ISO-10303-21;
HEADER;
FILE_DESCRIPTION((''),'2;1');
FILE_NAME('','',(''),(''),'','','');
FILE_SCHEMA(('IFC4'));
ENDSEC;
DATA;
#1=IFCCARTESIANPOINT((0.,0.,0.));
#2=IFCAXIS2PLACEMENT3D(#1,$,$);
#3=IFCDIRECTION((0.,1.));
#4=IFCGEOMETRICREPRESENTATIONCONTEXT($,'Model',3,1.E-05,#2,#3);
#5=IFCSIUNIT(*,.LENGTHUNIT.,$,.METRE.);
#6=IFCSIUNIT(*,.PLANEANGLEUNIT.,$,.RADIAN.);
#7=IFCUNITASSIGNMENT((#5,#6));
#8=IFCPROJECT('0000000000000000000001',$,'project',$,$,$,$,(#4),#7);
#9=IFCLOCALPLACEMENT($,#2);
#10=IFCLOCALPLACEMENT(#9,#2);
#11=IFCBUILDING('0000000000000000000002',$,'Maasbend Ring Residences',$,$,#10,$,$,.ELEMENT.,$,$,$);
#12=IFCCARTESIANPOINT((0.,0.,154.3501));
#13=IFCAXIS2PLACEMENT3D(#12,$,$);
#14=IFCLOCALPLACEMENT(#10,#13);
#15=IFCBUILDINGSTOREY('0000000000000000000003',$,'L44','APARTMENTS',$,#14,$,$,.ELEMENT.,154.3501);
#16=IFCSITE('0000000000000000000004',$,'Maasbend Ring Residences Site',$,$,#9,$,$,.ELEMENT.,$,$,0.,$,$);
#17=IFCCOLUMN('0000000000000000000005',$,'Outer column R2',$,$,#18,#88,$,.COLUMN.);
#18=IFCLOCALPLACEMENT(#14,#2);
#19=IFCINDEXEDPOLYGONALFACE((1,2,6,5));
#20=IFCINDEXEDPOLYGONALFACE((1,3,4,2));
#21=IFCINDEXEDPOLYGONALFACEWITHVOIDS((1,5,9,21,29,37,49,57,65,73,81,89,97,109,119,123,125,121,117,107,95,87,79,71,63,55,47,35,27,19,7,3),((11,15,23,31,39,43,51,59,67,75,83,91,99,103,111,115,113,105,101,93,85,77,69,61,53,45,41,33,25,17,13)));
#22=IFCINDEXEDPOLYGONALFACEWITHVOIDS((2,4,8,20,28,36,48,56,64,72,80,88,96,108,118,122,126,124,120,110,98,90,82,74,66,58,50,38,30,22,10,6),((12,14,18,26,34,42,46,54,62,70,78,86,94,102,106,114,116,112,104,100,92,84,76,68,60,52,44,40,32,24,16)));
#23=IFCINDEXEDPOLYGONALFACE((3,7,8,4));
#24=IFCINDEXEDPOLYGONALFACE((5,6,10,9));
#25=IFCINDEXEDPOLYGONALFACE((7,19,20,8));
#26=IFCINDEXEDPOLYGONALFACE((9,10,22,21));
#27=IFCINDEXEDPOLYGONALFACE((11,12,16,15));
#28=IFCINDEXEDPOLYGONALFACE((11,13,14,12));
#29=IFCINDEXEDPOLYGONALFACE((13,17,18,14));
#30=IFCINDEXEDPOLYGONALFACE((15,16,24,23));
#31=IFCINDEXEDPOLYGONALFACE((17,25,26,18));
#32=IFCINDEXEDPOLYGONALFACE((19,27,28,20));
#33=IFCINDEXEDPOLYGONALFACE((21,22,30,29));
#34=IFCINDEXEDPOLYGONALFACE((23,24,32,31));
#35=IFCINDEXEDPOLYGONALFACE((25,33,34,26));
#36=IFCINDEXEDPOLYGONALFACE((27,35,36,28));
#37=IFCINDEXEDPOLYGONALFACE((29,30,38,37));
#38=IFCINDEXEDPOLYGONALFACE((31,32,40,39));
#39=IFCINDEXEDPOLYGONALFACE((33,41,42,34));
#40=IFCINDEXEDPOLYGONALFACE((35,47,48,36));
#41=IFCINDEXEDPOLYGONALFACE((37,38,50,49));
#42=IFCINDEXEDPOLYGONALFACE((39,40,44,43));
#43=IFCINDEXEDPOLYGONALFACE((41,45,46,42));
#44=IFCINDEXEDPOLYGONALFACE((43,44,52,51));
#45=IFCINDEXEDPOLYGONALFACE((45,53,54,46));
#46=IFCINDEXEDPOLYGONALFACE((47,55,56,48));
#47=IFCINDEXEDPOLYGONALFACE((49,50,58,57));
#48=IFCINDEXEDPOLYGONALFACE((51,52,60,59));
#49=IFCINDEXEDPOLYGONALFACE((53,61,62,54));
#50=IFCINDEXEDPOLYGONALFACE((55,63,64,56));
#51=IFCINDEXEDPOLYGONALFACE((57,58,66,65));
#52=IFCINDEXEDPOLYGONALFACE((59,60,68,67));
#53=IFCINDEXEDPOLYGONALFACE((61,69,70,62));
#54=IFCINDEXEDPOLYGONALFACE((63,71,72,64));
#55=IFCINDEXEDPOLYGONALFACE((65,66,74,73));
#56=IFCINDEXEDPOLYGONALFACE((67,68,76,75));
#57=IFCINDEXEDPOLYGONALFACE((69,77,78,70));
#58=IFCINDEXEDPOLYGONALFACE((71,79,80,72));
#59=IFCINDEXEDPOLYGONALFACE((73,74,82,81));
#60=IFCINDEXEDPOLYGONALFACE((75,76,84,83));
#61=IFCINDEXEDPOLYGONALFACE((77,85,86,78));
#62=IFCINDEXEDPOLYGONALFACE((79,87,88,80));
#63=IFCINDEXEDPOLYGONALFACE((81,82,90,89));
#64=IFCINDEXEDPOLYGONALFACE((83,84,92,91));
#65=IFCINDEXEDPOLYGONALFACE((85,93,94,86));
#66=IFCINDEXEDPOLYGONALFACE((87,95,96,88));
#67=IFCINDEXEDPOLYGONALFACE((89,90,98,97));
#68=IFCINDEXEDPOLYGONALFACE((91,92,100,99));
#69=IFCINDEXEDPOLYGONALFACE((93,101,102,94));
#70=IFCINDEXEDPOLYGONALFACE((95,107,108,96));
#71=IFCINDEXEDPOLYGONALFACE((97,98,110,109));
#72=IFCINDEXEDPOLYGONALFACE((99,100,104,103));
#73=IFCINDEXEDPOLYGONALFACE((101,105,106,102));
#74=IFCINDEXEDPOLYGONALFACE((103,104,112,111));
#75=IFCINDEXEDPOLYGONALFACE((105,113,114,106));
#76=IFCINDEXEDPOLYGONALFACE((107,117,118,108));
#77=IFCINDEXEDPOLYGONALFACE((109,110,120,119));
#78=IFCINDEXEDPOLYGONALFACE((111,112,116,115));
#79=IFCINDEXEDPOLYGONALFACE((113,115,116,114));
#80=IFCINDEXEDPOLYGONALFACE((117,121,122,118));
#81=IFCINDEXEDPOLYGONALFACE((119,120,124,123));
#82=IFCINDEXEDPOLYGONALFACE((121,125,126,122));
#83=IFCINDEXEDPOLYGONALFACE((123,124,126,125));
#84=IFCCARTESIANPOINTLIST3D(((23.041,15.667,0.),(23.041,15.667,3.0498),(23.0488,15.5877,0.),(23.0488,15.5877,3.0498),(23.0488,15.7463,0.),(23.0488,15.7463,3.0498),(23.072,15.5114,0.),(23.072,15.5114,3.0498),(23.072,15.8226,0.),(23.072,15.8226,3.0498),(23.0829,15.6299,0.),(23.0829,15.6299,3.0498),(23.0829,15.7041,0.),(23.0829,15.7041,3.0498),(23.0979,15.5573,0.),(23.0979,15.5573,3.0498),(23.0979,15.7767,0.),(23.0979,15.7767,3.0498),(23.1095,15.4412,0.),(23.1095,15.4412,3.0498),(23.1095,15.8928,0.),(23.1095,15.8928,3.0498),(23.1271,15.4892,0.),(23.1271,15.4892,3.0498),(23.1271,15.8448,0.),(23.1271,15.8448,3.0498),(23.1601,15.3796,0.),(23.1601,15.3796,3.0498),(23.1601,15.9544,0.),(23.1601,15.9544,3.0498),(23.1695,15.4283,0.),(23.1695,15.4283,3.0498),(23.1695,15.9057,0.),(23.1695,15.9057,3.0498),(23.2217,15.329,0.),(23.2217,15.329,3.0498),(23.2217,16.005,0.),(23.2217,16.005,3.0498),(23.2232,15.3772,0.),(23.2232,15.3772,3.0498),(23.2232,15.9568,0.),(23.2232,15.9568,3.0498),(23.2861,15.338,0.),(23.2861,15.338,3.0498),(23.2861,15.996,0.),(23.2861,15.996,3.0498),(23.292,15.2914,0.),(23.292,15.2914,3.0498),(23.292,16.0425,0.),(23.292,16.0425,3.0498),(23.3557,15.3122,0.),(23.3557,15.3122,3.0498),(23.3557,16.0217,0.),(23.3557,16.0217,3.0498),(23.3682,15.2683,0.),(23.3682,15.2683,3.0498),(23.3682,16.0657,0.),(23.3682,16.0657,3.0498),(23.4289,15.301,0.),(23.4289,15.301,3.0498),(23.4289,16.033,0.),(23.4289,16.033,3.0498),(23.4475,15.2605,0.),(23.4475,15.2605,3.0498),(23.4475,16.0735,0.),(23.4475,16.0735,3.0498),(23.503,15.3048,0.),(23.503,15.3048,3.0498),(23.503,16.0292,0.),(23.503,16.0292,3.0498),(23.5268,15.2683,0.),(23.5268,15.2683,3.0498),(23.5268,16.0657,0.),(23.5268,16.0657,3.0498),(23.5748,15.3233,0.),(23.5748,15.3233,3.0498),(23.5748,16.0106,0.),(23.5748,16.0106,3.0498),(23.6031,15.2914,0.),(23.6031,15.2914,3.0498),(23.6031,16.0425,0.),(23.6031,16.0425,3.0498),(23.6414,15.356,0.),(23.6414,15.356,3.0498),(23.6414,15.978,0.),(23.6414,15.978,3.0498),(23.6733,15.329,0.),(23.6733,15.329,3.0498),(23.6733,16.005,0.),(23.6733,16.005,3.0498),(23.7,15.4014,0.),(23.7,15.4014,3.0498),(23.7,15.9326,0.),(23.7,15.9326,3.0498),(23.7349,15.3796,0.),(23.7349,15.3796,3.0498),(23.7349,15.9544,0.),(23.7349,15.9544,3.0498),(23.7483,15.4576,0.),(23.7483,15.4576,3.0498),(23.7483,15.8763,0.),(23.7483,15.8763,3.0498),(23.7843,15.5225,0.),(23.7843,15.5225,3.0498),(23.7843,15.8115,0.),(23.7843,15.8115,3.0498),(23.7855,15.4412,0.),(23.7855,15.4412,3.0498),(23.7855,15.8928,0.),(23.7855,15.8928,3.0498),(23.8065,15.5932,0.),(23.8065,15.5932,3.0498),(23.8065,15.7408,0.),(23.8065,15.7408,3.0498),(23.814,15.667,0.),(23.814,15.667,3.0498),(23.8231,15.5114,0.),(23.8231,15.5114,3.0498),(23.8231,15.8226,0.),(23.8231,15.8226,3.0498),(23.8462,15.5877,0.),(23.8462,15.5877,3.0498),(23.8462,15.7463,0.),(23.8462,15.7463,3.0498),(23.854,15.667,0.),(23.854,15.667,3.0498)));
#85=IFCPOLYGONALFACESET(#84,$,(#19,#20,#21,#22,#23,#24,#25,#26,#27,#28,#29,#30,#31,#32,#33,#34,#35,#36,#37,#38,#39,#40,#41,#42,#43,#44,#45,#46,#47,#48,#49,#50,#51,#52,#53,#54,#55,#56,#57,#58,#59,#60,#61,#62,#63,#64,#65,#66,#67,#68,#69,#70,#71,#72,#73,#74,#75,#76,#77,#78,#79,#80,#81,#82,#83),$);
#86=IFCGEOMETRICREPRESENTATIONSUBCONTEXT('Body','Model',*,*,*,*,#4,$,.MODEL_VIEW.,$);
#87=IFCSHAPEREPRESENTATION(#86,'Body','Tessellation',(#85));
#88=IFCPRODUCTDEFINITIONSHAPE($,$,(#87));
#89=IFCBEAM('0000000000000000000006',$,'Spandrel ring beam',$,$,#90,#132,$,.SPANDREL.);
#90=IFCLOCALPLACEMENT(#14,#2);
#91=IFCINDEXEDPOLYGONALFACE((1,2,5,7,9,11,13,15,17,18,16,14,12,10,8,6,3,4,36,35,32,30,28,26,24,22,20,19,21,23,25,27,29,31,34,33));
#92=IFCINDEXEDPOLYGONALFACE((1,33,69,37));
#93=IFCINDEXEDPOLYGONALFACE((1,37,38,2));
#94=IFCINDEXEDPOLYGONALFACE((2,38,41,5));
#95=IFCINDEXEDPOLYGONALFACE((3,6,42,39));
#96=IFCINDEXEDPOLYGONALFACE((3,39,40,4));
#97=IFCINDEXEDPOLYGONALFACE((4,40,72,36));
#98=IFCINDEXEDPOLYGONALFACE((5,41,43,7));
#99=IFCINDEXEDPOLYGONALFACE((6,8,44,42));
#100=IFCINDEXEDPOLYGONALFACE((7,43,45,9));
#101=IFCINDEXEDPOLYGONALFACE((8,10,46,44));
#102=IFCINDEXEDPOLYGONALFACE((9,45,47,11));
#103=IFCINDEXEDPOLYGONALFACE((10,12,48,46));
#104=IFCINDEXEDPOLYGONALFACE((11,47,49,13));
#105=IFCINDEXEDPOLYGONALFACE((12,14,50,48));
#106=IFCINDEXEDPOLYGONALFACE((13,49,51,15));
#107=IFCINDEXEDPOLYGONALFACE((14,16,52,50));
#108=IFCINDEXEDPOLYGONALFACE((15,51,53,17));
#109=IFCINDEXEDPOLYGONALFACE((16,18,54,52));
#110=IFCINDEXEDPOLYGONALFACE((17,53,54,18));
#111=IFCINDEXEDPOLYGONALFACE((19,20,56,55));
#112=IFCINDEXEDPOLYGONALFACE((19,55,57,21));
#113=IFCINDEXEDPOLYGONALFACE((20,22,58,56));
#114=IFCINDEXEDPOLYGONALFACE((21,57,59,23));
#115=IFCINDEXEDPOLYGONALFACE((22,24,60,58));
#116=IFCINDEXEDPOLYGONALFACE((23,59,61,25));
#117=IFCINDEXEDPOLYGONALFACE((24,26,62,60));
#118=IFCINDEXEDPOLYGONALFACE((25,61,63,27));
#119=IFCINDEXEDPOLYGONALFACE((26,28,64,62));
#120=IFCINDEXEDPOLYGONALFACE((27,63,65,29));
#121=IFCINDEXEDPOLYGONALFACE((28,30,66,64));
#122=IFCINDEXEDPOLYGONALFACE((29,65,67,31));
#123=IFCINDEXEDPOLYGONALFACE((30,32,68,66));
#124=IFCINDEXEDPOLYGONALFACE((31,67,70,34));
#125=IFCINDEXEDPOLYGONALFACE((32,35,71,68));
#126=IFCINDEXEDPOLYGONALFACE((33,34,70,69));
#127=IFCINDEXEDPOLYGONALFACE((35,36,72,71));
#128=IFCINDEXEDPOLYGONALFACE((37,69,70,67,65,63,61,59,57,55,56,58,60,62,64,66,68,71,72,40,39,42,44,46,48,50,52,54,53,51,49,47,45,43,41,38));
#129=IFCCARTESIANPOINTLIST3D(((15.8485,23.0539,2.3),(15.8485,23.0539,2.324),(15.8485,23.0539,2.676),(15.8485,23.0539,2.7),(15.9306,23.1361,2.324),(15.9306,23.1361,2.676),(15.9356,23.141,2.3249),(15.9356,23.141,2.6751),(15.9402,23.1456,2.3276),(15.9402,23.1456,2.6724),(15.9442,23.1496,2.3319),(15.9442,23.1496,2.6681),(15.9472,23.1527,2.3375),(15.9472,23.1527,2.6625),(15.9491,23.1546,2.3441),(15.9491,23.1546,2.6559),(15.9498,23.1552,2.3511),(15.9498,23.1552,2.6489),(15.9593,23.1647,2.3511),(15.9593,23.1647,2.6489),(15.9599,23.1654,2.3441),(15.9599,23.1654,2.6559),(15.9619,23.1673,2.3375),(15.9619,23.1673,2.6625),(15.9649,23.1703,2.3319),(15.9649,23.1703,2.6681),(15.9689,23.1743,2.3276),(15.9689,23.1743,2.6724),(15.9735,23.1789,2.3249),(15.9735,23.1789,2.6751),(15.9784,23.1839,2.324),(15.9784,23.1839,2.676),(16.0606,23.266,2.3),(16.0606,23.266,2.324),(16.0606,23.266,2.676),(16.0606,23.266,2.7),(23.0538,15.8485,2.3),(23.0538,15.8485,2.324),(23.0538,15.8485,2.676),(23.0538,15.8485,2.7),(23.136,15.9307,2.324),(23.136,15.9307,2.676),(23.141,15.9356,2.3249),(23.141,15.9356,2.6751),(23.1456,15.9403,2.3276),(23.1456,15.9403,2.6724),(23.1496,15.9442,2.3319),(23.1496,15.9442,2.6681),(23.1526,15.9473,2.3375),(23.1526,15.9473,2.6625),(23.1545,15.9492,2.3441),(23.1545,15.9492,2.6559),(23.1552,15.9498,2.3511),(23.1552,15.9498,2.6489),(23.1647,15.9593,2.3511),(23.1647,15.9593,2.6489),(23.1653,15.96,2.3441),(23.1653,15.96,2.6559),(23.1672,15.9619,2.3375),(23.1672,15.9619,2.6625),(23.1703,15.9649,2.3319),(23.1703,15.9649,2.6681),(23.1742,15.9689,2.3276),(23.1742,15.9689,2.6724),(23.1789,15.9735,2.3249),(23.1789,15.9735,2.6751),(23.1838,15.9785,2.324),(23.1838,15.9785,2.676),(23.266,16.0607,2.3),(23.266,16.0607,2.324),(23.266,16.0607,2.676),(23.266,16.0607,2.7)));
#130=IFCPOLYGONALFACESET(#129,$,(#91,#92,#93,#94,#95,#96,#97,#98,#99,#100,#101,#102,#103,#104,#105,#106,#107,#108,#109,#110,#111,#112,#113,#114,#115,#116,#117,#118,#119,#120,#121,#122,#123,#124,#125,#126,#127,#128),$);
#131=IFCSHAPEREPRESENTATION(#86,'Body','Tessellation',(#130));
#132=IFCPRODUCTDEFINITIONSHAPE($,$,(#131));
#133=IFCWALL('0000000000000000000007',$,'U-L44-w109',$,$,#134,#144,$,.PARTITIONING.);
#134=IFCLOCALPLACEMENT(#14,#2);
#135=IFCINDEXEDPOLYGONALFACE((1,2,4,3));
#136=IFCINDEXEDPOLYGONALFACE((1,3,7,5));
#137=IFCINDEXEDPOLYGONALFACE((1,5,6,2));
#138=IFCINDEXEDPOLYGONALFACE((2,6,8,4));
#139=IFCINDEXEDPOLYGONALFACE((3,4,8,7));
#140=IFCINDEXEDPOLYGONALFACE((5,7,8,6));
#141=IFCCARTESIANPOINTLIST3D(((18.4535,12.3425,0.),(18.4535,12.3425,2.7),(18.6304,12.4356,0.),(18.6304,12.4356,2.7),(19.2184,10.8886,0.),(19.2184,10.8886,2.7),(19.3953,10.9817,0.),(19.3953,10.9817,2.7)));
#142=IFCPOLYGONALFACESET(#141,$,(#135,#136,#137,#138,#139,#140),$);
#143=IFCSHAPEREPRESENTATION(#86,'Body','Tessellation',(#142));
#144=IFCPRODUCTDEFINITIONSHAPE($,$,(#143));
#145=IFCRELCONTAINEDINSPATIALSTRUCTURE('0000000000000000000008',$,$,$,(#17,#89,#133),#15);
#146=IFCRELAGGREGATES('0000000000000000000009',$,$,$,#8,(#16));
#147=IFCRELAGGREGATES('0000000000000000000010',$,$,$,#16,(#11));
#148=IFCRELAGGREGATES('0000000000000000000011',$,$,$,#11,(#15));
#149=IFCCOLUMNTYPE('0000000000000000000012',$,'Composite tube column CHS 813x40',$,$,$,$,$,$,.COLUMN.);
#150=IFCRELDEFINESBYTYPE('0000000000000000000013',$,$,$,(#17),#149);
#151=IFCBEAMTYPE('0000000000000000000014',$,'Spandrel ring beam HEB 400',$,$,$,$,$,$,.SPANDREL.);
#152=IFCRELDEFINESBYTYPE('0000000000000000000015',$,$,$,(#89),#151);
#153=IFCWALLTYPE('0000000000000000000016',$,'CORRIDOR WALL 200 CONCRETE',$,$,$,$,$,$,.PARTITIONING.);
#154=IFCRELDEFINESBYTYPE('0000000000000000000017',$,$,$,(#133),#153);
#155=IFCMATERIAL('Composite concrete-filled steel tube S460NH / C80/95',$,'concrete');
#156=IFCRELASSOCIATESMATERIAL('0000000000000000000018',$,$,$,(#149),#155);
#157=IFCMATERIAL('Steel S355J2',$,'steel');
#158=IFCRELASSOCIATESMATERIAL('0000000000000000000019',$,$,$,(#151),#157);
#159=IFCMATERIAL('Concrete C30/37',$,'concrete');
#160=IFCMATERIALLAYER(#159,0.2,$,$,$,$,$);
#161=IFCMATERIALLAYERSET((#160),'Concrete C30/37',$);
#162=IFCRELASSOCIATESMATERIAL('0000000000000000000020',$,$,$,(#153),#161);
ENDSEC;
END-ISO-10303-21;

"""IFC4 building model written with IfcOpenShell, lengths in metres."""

from ifc_helpers import new_model, si_unit, direction, frame, frame_2d, origin, origin_2d, place, context, subcontext, project, spatial, rectangle, hollow_circle, i_section, extrude, material, layer, layer_set, material_profile, profile_set, type_object, element, save


model = new_model("IFC4")

# Units and contexts
model_context = context("Model", 3, precision=1e-05, world=origin(), true_north=direction((0.0, 1.0)))
body_context = subcontext(model_context, "Body", "Model", "MODEL_VIEW")
ifc_project = project(units=[si_unit("LENGTHUNIT", "METRE"), si_unit("PLANEANGLEUNIT", "RADIAN")], contexts=[model_context])

# Site, building, storey
site_placement = place(None, origin())
site = spatial("IfcSite", under=ifc_project, at=site_placement, Name="Maasbend Ring Residences Site", CompositionType="ELEMENT", RefElevation=0.0)
building_placement = place(site_placement, origin())
building = spatial("IfcBuilding", under=site, at=building_placement, Name="Maasbend Ring Residences", CompositionType="ELEMENT")
storey_placement = place(building_placement, frame((0.0, 0.0, 154.3501)))
storey = spatial("IfcBuildingStorey", under=building, at=storey_placement, Name="L44", Description="APARTMENTS", CompositionType="ELEMENT", Elevation=154.3501)

# Column
ifc_material_1 = material(Name="Composite concrete-filled steel tube S460NH / C80/95", Category="concrete")
ifc_material_profile_1 = material_profile(ifc_material_1, hollow_circle(Radius=0.4065, WallThickness=0.04, at=origin_2d()), Name="Composite tube column CHS 813x40")
ifc_profile_set_1 = profile_set([ifc_material_profile_1], Name="Composite concrete-filled steel tube S460NH / C80/95")
column_type = type_object("IfcColumnType", Name="Composite tube column CHS 813x40", PredefinedType="COLUMN", material=ifc_profile_set_1)
column_placement = place(storey_placement, frame((23.4475, 15.667, 0.0), z_axis=(0.0, 0.0, 1.0), x_axis=(1.0, 0.0, 0.0)))
element("IfcColumn", 1, at=column_placement, inside=storey, type_object=column_type, Name="Outer column R2", PredefinedType="COLUMN", context=body_context, shape_type="SweptSolid", body=[
    extrude(hollow_circle(Radius=0.4065, WallThickness=0.04, at=origin_2d()), origin(), (0.0, 0.0, 1.0), 3.0498),
])

# Beam
ifc_material_2 = material(Name="Steel S355J2", Category="steel")
ifc_material_profile_2 = material_profile(ifc_material_2, i_section(OverallWidth=0.3, OverallDepth=0.3999, WebThickness=0.0134, FlangeThickness=0.0239, FilletRadius=0.0271, at=origin_2d()), Name="HEB 400")
ifc_profile_set_2 = profile_set([ifc_material_profile_2], Name="Steel S355J2")
beam_type = type_object("IfcBeamType", Name="Spandrel ring beam HEB 400", PredefinedType="SPANDREL", material=ifc_profile_set_2)
beam_placement = place(storey_placement, frame((23.1599, 15.9546, 2.5), z_axis=(-0.707107, 0.707107, 0.0), x_axis=(-0.707107, -0.707107, 0.0)))
element("IfcBeam", 2, at=beam_placement, inside=storey, type_object=beam_type, Name="Spandrel ring beam", PredefinedType="SPANDREL", context=body_context, shape_type="SweptSolid", body=[
    extrude(i_section(OverallWidth=0.3, OverallDepth=0.3999, WebThickness=0.0134, FlangeThickness=0.0239, FilletRadius=0.0271, at=origin_2d()), origin(), (0.0, 0.0, 1.0), 10.1899),
])

# Wall
ifc_material_3 = material(Name="Concrete C30/37", Category="concrete")
ifc_layer_1 = layer(ifc_material_3, 0.2)
ifc_layer_set_1 = layer_set([ifc_layer_1], Name="Concrete C30/37")
wall_type_1 = type_object("IfcWallType", Name="CORRIDOR WALL 200 CONCRETE", PredefinedType="PARTITIONING", material=ifc_layer_set_1)
wall_1_placement = place(storey_placement, frame((18.542, 12.3889, 0.0), z_axis=(0.0, 0.0, 1.0), x_axis=(0.465606, -0.884992, 0.0)))
element("IfcWall", 3, at=wall_1_placement, inside=storey, type_object=wall_type_1, Name="U-L44-w109", PredefinedType="PARTITIONING", context=body_context, shape_type="SweptSolid", body=[
    extrude(rectangle(XDim=1.6428, YDim=0.2, at=frame_2d((0.8213, 0.0))), origin(), (0.0, 0.0, 1.0), 2.7),
])

save(model, "model.ifc")
